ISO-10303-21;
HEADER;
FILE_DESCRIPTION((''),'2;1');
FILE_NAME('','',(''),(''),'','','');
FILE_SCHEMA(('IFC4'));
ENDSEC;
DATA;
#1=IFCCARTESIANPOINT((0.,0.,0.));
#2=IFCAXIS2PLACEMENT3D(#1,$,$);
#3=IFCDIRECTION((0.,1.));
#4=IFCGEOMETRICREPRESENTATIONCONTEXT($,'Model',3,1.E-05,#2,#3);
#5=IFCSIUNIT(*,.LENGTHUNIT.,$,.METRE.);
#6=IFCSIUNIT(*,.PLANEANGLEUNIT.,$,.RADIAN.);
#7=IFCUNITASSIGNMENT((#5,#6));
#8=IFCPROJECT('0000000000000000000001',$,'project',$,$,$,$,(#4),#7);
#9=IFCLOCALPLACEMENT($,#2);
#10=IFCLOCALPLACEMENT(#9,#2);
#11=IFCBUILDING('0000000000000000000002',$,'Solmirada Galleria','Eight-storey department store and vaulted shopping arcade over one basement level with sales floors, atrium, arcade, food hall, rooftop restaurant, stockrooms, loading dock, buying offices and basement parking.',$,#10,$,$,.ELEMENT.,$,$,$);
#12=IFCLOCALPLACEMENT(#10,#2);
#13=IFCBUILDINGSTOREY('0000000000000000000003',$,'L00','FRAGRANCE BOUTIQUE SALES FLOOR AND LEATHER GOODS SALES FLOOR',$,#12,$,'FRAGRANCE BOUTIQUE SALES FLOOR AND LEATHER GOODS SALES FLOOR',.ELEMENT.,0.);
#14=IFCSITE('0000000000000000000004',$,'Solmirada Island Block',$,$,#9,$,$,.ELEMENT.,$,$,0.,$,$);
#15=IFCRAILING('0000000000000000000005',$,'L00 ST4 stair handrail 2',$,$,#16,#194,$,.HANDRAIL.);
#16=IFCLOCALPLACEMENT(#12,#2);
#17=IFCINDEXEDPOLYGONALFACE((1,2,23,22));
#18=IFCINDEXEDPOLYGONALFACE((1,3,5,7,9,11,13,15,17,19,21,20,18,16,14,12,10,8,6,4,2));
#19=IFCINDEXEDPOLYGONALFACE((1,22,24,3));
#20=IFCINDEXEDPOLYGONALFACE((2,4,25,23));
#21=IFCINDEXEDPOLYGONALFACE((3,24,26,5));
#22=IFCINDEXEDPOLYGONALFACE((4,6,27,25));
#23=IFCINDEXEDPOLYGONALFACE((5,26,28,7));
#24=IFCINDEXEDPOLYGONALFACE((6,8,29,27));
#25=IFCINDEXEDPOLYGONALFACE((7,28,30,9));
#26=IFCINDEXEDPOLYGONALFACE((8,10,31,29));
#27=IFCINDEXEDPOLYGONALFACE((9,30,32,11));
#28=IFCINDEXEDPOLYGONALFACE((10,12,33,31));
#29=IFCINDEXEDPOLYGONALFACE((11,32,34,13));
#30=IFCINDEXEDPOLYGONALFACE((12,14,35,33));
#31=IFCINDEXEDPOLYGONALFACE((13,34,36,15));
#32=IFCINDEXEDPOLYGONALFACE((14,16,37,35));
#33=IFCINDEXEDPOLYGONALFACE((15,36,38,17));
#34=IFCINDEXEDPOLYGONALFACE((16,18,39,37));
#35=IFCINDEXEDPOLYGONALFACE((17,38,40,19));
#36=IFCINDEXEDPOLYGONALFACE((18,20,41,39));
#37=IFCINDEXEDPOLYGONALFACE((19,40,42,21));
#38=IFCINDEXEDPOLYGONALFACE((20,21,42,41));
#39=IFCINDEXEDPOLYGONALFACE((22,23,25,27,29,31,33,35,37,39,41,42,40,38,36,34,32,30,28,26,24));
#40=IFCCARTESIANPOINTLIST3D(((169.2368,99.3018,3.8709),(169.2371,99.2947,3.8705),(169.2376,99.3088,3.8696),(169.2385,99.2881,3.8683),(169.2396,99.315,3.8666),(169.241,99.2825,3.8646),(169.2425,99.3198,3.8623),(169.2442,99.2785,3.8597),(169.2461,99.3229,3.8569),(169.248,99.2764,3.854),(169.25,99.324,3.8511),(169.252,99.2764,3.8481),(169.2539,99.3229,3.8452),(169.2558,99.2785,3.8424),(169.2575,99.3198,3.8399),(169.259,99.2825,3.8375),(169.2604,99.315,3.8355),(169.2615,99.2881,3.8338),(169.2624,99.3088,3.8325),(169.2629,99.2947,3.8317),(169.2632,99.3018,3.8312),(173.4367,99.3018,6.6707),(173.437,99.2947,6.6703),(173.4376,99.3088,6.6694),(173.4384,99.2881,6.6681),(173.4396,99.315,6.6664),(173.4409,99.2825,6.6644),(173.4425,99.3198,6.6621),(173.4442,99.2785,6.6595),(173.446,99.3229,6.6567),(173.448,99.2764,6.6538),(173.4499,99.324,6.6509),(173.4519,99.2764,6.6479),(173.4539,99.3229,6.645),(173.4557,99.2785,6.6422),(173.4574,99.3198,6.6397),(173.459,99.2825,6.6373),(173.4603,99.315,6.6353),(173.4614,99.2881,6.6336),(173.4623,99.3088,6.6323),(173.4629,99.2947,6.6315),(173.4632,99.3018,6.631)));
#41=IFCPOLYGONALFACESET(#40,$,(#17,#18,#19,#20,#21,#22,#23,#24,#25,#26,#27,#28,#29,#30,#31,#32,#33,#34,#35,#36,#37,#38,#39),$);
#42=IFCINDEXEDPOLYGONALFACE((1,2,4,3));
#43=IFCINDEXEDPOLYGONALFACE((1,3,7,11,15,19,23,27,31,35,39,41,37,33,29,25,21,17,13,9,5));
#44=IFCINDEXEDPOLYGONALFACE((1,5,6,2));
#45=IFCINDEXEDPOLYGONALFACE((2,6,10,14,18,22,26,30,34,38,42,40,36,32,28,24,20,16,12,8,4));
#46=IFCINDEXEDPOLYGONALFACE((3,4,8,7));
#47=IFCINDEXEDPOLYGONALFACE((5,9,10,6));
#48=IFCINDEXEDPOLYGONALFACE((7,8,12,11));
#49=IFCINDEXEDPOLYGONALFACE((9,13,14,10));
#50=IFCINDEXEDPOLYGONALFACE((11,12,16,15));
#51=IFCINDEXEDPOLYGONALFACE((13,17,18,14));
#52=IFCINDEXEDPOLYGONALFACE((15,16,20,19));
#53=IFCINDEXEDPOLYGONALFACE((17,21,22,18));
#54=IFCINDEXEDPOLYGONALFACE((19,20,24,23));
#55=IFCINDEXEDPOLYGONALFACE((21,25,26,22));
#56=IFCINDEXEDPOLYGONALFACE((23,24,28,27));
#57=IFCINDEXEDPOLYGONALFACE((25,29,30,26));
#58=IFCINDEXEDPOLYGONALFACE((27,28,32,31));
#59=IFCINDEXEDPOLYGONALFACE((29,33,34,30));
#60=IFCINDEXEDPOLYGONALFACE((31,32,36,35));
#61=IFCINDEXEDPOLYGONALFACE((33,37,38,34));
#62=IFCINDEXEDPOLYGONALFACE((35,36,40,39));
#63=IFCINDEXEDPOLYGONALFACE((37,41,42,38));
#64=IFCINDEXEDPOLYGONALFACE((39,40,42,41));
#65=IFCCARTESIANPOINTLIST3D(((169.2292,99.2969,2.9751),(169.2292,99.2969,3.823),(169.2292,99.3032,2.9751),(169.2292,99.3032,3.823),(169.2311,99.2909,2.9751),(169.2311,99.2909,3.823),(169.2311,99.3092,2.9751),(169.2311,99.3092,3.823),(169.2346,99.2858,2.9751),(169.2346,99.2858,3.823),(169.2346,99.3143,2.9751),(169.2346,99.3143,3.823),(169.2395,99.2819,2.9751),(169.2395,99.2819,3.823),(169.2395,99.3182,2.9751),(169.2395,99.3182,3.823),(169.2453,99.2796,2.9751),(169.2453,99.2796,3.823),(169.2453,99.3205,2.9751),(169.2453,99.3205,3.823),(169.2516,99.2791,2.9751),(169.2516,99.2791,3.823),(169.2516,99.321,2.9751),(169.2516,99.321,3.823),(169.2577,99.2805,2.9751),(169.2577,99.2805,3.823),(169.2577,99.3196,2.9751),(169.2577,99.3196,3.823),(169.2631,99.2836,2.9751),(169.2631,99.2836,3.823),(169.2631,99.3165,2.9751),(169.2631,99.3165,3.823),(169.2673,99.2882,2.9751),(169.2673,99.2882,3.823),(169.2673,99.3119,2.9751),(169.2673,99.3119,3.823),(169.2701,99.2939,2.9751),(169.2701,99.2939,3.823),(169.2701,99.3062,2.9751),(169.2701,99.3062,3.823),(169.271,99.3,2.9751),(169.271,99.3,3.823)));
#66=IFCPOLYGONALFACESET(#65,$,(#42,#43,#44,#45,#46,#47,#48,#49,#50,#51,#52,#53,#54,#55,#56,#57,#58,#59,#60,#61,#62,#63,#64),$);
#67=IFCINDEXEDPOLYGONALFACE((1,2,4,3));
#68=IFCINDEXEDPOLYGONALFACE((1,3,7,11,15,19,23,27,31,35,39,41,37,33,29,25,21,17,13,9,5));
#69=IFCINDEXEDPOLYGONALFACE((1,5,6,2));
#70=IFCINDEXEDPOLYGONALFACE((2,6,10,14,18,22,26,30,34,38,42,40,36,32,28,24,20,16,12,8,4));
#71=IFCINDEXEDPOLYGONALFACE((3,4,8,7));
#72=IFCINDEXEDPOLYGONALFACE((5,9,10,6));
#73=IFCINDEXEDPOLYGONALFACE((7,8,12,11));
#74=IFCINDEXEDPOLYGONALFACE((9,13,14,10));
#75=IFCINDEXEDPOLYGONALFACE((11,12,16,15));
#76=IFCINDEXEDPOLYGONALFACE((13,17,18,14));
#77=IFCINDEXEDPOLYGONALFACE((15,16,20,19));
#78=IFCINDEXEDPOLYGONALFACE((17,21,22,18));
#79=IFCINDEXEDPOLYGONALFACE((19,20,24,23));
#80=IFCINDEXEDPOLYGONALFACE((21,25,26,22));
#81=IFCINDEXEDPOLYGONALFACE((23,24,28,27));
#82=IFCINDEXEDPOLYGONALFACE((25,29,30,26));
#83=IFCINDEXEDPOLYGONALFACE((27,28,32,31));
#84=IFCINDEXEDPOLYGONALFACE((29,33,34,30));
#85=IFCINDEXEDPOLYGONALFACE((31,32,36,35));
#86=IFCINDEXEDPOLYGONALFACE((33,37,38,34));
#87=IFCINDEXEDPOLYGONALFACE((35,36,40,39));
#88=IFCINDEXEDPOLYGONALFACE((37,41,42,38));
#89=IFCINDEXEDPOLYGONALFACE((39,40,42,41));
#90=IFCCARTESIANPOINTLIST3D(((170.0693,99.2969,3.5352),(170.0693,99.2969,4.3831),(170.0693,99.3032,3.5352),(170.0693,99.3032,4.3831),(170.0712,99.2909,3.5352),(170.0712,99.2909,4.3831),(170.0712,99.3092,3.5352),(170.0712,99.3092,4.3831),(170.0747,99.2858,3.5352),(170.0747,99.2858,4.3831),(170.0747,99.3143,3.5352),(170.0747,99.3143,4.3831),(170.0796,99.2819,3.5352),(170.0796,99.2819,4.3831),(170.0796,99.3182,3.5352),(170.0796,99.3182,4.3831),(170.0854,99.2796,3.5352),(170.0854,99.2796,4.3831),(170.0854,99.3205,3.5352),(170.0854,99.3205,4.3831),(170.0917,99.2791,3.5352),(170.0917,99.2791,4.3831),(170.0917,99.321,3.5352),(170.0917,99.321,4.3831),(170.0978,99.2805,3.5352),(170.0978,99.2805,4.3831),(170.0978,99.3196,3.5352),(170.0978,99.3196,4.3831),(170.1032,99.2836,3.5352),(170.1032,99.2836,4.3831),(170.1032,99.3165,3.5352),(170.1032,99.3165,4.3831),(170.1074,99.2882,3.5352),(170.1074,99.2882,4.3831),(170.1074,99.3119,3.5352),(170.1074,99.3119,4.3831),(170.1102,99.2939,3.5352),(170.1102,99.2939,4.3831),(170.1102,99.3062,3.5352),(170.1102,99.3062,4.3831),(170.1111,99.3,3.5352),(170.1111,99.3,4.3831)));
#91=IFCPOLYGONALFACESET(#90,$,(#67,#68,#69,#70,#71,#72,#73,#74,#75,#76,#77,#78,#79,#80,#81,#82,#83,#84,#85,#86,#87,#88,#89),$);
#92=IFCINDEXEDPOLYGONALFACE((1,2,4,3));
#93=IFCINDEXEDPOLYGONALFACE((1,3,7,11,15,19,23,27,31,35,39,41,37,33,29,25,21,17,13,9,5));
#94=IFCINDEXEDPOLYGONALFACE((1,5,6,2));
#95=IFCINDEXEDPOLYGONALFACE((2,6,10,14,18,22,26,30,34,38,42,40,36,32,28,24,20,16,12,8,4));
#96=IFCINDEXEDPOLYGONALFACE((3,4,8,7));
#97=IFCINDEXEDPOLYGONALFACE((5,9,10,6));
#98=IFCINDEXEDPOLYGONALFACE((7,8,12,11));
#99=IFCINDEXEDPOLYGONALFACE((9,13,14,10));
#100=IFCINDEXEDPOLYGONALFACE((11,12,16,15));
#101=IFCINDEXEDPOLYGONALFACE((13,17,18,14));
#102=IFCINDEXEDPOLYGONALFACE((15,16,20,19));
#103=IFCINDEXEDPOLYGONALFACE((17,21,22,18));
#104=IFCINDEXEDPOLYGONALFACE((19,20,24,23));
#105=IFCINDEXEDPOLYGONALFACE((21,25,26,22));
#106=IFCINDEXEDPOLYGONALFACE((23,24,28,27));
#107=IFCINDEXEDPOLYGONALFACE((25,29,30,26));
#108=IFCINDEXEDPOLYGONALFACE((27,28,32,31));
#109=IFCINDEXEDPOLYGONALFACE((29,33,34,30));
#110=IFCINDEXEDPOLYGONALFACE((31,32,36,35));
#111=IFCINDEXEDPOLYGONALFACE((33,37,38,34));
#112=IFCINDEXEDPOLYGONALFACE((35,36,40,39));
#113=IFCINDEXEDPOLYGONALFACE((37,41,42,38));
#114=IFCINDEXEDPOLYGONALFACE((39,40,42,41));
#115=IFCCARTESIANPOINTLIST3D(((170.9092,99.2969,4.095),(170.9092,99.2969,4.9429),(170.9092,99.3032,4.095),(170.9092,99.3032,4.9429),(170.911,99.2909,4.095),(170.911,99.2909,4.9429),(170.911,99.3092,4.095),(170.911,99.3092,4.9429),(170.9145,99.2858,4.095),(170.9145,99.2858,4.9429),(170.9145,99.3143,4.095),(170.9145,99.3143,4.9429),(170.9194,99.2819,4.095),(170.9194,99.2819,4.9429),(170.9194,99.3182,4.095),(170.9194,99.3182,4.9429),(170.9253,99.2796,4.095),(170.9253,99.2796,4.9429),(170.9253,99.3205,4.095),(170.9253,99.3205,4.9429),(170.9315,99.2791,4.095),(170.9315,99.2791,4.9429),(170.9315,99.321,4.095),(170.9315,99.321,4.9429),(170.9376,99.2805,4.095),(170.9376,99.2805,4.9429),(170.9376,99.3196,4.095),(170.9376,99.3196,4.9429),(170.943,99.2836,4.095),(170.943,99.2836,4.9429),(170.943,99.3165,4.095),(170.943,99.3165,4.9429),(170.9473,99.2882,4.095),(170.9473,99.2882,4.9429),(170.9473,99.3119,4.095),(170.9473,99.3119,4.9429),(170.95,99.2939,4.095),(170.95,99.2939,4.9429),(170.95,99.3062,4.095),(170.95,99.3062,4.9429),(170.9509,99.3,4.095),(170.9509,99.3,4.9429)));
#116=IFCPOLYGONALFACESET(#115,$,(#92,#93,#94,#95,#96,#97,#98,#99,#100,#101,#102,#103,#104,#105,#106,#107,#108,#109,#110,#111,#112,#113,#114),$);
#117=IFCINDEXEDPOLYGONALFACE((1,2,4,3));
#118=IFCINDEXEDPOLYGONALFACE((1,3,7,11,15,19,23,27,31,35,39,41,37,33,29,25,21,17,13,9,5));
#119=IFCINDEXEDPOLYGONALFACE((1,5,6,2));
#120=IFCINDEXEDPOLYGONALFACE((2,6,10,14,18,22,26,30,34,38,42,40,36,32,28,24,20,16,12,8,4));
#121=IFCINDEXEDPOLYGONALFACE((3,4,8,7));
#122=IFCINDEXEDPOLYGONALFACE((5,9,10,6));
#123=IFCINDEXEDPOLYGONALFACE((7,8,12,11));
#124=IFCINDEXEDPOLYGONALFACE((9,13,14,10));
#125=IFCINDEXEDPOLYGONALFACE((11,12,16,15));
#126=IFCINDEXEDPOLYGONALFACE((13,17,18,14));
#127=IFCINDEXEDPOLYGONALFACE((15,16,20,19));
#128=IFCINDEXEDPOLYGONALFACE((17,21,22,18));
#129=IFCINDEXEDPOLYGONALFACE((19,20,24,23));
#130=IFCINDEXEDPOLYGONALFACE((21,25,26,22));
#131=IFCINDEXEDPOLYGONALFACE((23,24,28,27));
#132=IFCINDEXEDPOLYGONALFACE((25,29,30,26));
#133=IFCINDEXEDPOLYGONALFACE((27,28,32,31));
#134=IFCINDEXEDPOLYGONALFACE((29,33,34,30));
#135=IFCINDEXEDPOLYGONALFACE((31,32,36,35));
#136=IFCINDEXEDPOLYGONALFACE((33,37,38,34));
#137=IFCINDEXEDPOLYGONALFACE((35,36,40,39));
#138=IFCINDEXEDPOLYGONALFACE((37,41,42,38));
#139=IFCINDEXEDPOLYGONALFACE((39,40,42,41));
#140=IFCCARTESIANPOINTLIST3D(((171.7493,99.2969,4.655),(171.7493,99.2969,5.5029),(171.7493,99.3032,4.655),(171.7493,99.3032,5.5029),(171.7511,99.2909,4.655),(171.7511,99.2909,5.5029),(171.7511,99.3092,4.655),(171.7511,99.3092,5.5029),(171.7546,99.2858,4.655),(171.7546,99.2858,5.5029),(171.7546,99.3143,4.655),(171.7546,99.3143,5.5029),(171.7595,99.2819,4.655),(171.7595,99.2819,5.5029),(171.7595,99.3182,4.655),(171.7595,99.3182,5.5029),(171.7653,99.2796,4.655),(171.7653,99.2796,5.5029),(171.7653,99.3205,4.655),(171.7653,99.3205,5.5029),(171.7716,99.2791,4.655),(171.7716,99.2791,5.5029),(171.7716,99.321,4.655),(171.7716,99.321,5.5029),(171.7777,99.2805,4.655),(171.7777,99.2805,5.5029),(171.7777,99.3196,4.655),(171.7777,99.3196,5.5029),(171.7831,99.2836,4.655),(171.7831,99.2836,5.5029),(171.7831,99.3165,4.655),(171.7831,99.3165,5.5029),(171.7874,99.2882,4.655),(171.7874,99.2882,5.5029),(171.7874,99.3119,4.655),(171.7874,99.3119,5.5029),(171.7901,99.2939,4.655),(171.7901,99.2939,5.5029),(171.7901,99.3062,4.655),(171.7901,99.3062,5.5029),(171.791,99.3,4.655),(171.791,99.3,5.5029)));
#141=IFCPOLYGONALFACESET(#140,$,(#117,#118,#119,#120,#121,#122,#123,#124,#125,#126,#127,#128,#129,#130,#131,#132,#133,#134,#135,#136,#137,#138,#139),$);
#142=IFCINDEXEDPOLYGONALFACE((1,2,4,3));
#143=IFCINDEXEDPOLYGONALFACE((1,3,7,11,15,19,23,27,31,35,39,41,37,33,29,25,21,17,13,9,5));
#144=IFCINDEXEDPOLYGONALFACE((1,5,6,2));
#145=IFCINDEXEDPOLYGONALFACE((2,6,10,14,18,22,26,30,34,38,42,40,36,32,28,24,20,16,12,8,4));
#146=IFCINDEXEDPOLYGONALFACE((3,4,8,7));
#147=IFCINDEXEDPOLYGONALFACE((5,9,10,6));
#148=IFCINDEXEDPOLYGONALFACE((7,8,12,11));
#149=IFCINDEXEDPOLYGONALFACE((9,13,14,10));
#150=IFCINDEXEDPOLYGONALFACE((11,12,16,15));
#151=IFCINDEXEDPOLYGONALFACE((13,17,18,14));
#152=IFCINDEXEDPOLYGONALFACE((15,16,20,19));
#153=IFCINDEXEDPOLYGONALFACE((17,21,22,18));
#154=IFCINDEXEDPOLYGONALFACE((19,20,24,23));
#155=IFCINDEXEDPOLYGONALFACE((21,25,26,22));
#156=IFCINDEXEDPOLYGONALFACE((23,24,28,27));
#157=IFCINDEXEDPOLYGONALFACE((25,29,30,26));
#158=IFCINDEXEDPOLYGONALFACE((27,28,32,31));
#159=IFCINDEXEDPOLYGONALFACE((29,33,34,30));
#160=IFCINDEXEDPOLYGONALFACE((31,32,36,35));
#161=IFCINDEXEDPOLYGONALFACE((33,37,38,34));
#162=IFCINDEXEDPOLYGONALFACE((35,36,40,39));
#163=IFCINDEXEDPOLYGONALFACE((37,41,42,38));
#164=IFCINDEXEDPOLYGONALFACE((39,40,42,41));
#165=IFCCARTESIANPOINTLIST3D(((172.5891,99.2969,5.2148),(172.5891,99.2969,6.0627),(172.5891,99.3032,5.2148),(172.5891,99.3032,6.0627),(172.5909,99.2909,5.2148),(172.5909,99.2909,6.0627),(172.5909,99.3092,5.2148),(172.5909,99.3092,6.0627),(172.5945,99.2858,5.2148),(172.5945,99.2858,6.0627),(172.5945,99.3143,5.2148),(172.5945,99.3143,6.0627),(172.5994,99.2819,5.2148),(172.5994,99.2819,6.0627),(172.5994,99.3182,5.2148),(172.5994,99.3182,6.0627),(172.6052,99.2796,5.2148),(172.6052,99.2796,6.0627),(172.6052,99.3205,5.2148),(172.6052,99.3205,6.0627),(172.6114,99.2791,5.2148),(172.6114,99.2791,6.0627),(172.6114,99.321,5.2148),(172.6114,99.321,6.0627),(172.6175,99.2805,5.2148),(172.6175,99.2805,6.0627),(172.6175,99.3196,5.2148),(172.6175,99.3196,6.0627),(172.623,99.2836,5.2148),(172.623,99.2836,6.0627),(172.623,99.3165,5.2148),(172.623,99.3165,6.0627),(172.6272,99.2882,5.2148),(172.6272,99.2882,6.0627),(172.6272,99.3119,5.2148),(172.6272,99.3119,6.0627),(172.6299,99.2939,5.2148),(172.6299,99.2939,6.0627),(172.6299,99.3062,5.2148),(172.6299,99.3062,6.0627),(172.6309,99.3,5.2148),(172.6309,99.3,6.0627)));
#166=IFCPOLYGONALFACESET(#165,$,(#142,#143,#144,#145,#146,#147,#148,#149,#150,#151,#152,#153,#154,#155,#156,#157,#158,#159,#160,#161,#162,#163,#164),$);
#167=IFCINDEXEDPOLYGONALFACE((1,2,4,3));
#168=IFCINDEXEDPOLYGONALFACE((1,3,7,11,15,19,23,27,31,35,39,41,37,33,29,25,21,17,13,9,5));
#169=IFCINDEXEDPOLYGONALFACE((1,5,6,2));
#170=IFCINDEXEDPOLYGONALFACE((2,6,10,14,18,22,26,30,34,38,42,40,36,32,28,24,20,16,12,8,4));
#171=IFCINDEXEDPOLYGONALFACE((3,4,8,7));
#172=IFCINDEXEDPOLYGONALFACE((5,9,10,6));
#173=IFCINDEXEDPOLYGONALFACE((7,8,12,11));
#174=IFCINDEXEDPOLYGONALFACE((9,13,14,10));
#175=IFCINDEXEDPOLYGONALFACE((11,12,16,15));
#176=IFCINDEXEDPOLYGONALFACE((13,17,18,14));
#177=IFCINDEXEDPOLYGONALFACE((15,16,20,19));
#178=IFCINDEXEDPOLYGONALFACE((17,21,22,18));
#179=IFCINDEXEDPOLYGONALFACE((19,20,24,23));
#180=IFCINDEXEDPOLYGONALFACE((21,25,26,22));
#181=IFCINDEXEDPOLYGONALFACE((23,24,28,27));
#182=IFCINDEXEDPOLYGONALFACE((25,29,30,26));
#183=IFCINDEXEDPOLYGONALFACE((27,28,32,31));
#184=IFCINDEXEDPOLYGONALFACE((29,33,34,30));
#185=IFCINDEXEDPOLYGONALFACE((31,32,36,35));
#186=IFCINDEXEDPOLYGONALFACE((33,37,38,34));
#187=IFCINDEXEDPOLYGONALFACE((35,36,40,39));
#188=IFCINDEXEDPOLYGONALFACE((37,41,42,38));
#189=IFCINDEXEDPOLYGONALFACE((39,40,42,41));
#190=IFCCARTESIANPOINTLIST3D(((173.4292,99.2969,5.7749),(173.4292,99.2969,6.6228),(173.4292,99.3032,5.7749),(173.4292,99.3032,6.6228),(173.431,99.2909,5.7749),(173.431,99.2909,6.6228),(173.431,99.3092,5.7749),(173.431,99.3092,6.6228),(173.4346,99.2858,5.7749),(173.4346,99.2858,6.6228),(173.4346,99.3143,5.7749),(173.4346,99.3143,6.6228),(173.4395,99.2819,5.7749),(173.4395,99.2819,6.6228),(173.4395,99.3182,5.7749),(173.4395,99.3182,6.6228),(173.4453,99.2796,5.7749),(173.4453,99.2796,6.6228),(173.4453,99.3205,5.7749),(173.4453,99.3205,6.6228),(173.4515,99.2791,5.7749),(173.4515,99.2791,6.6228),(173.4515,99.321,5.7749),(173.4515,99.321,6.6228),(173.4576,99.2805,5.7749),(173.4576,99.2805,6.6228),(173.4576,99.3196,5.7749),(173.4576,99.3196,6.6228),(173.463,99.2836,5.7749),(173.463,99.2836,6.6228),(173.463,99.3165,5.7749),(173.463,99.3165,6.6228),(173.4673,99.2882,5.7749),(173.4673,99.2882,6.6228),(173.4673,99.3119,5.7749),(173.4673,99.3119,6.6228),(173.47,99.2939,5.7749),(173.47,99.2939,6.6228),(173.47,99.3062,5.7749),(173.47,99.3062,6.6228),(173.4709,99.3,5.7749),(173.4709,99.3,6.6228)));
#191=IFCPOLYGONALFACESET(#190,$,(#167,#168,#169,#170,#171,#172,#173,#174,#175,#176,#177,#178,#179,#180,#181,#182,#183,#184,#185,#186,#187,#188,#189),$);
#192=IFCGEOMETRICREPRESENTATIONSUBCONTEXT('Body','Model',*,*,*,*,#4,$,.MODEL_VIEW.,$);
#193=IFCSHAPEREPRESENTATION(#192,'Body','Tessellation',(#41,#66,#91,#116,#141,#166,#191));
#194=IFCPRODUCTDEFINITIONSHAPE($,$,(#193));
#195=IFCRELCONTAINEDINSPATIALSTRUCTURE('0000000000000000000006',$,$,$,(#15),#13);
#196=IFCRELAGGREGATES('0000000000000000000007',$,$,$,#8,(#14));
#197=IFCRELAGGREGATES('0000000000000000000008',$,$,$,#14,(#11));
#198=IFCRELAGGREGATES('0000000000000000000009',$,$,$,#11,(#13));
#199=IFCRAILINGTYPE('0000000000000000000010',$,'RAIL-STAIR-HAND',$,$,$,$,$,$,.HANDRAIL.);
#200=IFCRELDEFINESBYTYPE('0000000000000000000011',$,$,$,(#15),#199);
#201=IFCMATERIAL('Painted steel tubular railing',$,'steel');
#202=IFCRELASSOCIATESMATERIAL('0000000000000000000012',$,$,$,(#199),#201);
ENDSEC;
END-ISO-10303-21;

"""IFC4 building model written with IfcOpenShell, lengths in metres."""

from ifc_helpers import new_model, si_unit, direction, frame, origin, origin_2d, place, context, subcontext, project, spatial, circle, extrude, material, type_object, element, save


model = new_model("IFC4")

# Units and contexts
model_context = context("Model", 3, precision=1e-05, world=origin(), true_north=direction((0.0, 1.0)))
body_context = subcontext(model_context, "Body", "Model", "MODEL_VIEW")
ifc_project = project(units=[si_unit("LENGTHUNIT", "METRE"), si_unit("PLANEANGLEUNIT", "RADIAN")], contexts=[model_context])

# Site, building, storey
site_placement = place(None, origin())
site = spatial("IfcSite", under=ifc_project, at=site_placement, Name="Solmirada Island Block", CompositionType="ELEMENT", RefElevation=0.0)
building_placement = place(site_placement, origin())
building = spatial("IfcBuilding", under=site, at=building_placement, Name="Solmirada Galleria", Description="Eight-storey department store and vaulted shopping arcade over one basement level with sales floors, atrium, arcade, food hall, rooftop restaurant, stockrooms, loading dock, buying offices and basement parking.", CompositionType="ELEMENT")
storey_placement = place(building_placement, origin())
storey = spatial("IfcBuildingStorey", under=building, at=storey_placement, Name="L00", Description="FRAGRANCE BOUTIQUE SALES FLOOR AND LEATHER GOODS SALES FLOOR", LongName="FRAGRANCE BOUTIQUE SALES FLOOR AND LEATHER GOODS SALES FLOOR", CompositionType="ELEMENT", Elevation=0.0)

# Railing
ifc_material_1 = material(Name="Painted steel tubular railing", Category="steel")
railing_type_1 = type_object("IfcRailingType", Name="RAIL-STAIR-HAND", PredefinedType="HANDRAIL", material=ifc_material_1)
railing_1_placement = place(storey_placement, frame((169.25, 99.3, 2.9751)))
element("IfcRailing", 1, at=railing_1_placement, inside=storey, type_object=railing_type_1, Name="L00 ST4 stair handrail 2", PredefinedType="HANDRAIL", context=body_context, shape_type="SweptSolid", body=[
    extrude(circle(Radius=0.0239, at=origin_2d()), frame((0.0, 0.0, 0.876), z_axis=(0.832065, 0.0, 0.554678), x_axis=(0.0, 1.0, 0.0)), (0.0, 0.0, 1.0), 5.0476),
    extrude(circle(Radius=0.021, at=origin_2d()), origin(), (0.0, 0.0, 1.0), 0.8479),
    extrude(circle(Radius=0.021, at=origin_2d()), frame((0.8401, 0.0, 0.5601)), (0.0, 0.0, 1.0), 0.8479),
    extrude(circle(Radius=0.021, at=origin_2d()), frame((1.6799, 0.0, 1.1199)), (0.0, 0.0, 1.0), 0.8479),
    extrude(circle(Radius=0.021, at=origin_2d()), frame((2.52, 0.0, 1.6799)), (0.0, 0.0, 1.0), 0.8479),
    extrude(circle(Radius=0.021, at=origin_2d()), frame((3.3599, 0.0, 2.2397)), (0.0, 0.0, 1.0), 0.8479),
    extrude(circle(Radius=0.021, at=origin_2d()), frame((4.2, 0.0, 2.7998)), (0.0, 0.0, 1.0), 0.8479),
])

save(model, "model.ifc")
